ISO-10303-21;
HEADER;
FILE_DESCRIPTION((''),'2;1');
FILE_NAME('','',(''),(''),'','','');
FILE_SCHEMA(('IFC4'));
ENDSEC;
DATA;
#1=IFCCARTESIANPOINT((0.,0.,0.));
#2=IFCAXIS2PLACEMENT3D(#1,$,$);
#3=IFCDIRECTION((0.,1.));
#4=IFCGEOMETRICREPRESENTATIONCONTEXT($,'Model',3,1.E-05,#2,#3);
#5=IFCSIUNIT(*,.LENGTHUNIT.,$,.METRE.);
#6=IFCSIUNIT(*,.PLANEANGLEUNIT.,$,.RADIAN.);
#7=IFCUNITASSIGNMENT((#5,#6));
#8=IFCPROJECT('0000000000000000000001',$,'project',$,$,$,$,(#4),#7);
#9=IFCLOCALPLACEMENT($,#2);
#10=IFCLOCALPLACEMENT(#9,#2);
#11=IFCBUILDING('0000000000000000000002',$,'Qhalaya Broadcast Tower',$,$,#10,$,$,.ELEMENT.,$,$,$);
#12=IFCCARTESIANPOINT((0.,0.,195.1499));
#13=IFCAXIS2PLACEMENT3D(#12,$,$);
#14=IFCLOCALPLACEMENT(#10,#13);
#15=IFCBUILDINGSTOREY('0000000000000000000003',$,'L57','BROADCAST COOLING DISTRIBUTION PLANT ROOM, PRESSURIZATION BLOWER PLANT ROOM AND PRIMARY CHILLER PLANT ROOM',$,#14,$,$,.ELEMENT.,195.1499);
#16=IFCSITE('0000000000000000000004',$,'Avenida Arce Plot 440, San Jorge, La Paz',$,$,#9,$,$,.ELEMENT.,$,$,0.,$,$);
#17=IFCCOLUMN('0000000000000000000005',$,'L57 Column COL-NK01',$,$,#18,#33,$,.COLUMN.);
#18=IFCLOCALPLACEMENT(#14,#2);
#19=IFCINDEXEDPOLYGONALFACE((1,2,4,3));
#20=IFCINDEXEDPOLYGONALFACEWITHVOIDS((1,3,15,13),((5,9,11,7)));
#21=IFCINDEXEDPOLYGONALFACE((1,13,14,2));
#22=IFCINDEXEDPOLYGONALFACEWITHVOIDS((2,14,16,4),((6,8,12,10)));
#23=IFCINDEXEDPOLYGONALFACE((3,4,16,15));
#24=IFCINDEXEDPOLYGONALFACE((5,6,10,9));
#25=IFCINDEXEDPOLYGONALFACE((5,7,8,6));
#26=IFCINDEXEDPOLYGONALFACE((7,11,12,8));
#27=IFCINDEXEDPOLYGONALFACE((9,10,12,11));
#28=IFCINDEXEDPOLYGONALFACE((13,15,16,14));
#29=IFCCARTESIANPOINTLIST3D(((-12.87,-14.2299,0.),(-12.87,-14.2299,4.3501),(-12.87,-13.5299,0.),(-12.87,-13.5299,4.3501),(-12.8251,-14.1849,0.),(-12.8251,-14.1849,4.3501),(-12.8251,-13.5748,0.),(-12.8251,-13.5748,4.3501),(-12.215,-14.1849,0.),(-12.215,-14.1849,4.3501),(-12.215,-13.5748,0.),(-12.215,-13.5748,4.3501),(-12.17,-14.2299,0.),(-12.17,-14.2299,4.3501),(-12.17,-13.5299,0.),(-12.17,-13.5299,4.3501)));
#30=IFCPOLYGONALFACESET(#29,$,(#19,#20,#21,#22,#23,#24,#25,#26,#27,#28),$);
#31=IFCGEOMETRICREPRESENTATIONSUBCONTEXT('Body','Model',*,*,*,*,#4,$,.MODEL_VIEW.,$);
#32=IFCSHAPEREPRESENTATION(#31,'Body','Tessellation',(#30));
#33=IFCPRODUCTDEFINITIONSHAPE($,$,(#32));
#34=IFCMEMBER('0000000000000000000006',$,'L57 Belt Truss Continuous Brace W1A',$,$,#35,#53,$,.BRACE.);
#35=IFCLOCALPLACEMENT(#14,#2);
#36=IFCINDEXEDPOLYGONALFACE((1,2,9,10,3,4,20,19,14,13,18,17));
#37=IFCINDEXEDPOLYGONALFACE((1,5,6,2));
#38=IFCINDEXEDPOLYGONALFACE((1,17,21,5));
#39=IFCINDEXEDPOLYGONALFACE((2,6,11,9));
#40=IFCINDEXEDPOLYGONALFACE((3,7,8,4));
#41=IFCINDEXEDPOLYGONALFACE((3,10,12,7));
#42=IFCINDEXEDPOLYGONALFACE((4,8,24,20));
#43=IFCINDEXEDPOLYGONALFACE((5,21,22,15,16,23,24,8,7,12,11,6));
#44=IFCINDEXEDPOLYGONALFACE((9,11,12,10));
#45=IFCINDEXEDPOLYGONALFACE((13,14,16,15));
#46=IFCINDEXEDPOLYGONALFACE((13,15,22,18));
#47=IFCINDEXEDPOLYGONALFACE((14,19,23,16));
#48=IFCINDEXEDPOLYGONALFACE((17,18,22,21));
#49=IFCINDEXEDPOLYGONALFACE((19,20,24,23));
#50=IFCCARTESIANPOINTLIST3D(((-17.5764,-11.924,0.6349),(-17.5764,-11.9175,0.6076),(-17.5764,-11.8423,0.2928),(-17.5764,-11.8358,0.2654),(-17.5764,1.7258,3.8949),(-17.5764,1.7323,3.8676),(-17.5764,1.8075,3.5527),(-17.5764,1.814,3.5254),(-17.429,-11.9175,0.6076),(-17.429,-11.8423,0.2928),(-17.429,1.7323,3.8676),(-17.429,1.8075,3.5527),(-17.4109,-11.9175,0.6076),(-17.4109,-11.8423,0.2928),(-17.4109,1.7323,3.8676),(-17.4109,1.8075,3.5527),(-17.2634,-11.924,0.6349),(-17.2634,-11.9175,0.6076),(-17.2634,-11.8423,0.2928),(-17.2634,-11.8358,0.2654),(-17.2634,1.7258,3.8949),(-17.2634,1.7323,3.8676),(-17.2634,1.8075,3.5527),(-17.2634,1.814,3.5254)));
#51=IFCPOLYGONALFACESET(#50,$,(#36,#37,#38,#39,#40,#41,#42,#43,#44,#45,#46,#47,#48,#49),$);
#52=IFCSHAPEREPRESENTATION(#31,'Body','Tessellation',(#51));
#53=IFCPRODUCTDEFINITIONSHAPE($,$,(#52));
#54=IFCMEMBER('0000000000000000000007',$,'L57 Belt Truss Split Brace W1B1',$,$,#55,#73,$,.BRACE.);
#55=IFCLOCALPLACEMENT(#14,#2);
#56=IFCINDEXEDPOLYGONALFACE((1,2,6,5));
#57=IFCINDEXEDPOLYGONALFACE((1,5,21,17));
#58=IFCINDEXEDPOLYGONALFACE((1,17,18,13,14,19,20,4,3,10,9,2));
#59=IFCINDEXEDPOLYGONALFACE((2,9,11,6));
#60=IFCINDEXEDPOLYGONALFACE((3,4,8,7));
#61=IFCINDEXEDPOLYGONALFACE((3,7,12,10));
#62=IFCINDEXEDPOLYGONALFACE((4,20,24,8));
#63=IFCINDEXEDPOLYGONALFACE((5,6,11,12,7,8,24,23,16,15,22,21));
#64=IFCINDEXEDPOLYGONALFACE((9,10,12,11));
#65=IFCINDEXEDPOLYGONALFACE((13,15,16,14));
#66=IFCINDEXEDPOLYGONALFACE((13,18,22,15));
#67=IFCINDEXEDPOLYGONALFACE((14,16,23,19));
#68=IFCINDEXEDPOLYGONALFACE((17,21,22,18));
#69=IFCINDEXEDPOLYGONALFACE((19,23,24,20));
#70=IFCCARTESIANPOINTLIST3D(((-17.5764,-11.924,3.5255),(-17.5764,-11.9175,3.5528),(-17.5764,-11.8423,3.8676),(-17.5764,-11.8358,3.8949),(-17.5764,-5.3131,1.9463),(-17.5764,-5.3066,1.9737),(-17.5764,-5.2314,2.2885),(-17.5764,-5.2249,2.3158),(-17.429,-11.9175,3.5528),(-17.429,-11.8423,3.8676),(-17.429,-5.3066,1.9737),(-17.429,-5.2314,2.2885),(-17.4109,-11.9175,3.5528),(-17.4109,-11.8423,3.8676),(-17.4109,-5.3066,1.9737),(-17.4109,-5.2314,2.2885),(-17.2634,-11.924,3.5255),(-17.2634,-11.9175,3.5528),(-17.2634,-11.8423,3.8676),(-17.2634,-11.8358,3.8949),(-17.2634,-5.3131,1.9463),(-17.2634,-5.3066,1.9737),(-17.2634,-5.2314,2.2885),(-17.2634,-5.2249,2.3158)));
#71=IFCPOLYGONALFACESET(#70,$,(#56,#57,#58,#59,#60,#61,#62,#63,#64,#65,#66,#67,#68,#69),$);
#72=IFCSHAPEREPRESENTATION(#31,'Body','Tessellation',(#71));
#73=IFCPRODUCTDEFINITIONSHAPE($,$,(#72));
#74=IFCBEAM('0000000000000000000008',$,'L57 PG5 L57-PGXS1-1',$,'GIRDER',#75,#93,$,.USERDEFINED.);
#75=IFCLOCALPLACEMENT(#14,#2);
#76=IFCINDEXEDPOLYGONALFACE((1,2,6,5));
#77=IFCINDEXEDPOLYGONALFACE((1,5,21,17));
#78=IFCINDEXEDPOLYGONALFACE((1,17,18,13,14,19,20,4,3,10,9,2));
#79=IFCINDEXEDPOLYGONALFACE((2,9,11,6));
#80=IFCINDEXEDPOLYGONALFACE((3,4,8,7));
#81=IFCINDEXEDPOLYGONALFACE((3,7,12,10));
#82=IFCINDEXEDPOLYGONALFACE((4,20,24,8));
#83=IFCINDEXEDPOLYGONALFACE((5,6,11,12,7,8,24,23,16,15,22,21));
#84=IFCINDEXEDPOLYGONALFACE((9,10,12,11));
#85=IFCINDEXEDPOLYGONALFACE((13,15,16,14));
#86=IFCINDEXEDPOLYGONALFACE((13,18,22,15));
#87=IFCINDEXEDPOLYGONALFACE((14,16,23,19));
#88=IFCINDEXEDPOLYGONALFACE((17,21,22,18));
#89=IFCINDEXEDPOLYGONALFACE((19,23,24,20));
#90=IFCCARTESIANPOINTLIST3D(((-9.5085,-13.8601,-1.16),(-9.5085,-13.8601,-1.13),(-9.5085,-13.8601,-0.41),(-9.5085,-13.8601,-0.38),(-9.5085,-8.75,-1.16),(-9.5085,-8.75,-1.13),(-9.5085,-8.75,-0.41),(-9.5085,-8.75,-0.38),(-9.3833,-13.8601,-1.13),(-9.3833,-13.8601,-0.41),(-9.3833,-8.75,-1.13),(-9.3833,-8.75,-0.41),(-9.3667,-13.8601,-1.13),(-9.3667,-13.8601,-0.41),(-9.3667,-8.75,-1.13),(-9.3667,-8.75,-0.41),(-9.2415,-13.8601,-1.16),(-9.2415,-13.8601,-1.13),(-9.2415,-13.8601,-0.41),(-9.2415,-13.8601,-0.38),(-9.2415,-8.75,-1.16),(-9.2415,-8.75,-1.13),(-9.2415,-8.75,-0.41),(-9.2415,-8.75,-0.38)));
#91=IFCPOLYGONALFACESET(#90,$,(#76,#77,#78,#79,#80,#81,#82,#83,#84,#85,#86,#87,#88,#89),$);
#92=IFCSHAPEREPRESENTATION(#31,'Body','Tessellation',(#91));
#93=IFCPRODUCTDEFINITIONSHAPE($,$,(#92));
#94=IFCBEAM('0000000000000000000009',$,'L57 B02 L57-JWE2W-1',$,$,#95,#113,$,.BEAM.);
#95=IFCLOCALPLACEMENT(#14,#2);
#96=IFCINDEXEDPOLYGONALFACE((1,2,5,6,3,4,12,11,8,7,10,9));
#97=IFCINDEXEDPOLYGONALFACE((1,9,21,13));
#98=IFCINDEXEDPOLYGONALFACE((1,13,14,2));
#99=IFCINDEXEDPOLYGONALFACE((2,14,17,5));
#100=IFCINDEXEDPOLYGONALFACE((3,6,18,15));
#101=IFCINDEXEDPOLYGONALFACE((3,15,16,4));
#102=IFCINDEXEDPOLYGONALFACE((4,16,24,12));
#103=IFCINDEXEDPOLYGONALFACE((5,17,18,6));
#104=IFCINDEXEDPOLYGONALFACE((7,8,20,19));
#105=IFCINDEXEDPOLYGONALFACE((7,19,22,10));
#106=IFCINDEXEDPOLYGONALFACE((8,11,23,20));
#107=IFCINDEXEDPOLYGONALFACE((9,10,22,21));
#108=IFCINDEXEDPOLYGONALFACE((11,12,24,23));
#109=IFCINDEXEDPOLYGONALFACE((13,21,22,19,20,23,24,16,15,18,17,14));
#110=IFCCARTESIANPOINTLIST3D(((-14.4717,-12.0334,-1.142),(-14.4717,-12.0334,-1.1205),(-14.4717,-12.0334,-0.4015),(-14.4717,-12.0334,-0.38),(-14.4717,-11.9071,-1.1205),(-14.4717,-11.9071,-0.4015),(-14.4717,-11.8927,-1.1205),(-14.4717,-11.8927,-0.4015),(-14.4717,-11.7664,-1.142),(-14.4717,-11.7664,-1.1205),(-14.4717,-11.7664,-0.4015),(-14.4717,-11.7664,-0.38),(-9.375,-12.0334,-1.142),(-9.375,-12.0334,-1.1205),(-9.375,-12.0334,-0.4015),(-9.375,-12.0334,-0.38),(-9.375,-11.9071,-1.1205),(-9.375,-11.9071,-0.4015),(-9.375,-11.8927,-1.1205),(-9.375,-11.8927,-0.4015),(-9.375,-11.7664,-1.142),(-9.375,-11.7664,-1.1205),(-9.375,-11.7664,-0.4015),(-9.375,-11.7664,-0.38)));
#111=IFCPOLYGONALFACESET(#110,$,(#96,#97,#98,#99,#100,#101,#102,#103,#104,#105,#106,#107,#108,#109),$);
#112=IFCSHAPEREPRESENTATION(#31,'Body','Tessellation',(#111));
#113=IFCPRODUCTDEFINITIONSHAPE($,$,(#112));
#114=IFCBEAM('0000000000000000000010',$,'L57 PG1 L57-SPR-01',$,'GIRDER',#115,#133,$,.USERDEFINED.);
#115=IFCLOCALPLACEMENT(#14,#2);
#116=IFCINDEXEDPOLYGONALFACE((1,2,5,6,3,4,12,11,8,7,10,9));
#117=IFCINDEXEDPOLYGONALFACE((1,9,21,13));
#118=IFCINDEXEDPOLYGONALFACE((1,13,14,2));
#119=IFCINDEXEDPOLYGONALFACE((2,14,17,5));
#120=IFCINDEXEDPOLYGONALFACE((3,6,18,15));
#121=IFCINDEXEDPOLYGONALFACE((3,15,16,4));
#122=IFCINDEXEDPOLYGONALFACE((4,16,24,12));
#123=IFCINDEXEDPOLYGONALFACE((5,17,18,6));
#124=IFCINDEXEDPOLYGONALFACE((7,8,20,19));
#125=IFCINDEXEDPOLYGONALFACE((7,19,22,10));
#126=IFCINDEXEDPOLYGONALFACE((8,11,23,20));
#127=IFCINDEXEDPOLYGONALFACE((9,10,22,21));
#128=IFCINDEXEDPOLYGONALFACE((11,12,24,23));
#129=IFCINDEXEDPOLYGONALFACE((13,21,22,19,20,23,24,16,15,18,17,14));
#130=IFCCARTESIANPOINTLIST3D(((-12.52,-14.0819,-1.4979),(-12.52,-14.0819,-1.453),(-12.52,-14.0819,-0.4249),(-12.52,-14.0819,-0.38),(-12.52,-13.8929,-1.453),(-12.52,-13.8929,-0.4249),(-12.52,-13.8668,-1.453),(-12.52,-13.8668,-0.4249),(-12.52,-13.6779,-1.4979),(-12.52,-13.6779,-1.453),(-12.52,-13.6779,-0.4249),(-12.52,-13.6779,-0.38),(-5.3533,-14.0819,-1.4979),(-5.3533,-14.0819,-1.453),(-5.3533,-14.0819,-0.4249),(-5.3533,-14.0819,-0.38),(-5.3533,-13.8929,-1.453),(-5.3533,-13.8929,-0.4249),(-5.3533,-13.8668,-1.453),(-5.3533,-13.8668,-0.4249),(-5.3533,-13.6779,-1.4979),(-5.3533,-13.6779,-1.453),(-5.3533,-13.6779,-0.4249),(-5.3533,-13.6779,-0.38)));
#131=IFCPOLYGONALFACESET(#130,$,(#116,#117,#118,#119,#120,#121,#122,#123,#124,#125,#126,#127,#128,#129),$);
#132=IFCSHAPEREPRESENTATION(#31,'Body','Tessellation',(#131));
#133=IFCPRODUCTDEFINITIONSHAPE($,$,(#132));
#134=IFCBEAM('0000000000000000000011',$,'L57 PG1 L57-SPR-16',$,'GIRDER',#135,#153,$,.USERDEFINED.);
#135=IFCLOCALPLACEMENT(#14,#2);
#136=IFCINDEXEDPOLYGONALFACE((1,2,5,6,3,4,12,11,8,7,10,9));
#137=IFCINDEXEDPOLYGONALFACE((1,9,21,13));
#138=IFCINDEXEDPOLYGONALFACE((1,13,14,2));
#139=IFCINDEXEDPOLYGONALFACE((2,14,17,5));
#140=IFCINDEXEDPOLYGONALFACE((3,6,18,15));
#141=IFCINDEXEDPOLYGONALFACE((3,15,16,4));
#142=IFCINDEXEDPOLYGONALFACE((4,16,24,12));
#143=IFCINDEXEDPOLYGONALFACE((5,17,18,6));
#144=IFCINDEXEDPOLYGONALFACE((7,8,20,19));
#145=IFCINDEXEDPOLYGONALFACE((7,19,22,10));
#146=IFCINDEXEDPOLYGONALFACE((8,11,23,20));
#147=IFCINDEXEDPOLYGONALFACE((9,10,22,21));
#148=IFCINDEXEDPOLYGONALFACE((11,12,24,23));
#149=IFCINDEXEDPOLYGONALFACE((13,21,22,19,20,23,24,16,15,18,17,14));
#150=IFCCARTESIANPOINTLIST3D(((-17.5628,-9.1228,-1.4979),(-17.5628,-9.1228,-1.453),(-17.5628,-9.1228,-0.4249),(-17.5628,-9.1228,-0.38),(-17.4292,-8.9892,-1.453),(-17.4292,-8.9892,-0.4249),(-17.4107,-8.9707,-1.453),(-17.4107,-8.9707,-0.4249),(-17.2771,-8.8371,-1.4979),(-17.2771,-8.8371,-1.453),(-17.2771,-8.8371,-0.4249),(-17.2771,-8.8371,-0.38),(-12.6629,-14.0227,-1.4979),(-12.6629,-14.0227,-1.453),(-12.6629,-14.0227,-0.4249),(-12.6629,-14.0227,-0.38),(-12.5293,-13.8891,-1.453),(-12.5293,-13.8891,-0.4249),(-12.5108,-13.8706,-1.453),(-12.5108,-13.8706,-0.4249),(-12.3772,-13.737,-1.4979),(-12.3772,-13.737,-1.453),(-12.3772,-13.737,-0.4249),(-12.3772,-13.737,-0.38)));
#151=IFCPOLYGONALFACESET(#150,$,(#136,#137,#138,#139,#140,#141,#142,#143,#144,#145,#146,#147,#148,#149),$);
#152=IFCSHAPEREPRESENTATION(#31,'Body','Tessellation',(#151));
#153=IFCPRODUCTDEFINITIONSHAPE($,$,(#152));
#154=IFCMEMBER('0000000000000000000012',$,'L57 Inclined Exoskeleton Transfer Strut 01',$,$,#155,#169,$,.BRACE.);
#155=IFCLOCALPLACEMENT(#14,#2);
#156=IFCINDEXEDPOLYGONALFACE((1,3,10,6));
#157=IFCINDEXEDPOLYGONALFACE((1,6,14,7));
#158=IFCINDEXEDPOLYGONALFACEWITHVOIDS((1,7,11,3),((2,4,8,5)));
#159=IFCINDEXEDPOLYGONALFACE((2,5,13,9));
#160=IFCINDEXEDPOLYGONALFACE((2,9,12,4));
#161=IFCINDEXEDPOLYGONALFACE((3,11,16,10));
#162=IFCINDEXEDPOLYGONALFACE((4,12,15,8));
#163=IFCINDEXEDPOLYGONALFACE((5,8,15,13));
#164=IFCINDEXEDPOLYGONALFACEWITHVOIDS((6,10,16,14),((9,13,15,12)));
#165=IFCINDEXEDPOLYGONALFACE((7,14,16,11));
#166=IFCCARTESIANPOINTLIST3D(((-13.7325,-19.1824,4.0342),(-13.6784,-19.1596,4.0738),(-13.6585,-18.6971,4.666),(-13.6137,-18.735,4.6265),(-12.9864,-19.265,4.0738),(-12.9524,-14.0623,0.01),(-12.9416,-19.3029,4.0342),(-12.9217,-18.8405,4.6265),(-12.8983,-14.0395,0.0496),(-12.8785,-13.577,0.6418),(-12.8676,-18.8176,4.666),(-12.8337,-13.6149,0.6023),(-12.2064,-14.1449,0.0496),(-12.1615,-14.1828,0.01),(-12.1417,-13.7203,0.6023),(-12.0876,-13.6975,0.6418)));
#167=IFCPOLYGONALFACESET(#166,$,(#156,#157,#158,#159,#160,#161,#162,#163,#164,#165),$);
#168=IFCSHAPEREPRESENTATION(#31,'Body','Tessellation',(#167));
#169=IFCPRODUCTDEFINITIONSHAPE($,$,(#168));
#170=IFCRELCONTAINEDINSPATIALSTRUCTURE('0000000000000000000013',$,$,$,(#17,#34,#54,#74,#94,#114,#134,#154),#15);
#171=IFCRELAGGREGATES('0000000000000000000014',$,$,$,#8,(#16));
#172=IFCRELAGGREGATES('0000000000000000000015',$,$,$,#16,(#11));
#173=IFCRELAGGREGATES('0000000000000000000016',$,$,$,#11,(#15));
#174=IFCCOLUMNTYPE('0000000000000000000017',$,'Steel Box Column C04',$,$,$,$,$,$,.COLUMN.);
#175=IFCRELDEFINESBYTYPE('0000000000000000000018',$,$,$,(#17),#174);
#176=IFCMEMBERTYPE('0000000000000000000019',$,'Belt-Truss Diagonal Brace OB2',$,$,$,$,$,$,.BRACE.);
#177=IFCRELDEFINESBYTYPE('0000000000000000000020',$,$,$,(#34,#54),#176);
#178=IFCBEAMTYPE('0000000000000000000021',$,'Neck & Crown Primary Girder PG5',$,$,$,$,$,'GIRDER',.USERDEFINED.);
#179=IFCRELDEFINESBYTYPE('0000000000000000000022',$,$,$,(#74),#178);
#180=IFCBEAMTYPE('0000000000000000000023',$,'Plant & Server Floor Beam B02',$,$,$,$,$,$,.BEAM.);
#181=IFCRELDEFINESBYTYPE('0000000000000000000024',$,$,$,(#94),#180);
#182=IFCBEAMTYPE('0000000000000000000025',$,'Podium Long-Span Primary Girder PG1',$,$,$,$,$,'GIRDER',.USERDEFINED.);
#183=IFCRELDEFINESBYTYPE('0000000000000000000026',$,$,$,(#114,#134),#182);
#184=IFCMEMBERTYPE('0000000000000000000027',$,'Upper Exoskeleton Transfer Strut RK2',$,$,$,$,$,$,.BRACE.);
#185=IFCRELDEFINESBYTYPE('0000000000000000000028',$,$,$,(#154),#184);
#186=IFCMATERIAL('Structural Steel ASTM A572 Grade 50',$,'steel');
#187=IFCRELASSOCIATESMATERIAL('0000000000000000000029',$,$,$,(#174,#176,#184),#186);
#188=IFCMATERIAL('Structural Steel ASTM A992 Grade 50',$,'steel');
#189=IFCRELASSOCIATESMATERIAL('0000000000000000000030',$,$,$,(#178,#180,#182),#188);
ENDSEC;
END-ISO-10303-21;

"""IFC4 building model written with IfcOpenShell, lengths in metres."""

from ifc_helpers import new_model, si_unit, direction, frame, origin, origin_2d, place, context, subcontext, project, spatial, hollow_rectangle, i_section, extrude, material, material_profile, profile_set, type_object, element, save


model = new_model("IFC4")

# Units and contexts
model_context = context("Model", 3, precision=1e-05, world=origin(), true_north=direction((0.0, 1.0)))
body_context = subcontext(model_context, "Body", "Model", "MODEL_VIEW")
ifc_project = project(units=[si_unit("LENGTHUNIT", "METRE"), si_unit("PLANEANGLEUNIT", "RADIAN")], contexts=[model_context])

# Site, building, storey
site_placement = place(None, origin())
site = spatial("IfcSite", under=ifc_project, at=site_placement, Name="Avenida Arce Plot 440, San Jorge, La Paz", CompositionType="ELEMENT", RefElevation=0.0)
building_placement = place(site_placement, origin())
building = spatial("IfcBuilding", under=site, at=building_placement, Name="Qhalaya Broadcast Tower", CompositionType="ELEMENT")
storey_placement = place(building_placement, frame((0.0, 0.0, 195.1499)))
storey = spatial("IfcBuildingStorey", under=building, at=storey_placement, Name="L57", Description="BROADCAST COOLING DISTRIBUTION PLANT ROOM, PRESSURIZATION BLOWER PLANT ROOM AND PRIMARY CHILLER PLANT ROOM", CompositionType="ELEMENT", Elevation=195.1499)

# Column
ifc_material_1 = material(Name="Structural Steel ASTM A572 Grade 50", Category="steel")
ifc_material_profile_1 = material_profile(ifc_material_1, hollow_rectangle(XDim=0.7, YDim=0.7, WallThickness=0.0449, at=origin_2d()), Name="BOX 700x700x45")
ifc_profile_set_1 = profile_set([ifc_material_profile_1], Name="Structural Steel ASTM A572 Grade 50")
column_type = type_object("IfcColumnType", Name="Steel Box Column C04", PredefinedType="COLUMN", material=ifc_profile_set_1)
column_placement = place(storey_placement, frame((-12.52, -13.8799, 0.0), z_axis=(0.0, 0.0, 1.0), x_axis=(1.0, 0.0, 0.0)))
element("IfcColumn", 1, at=column_placement, inside=storey, type_object=column_type, Name="L57 Column COL-NK01", PredefinedType="COLUMN", context=body_context, shape_type="SweptSolid", body=[
    extrude(hollow_rectangle(XDim=0.7, YDim=0.7, WallThickness=0.0449, at=origin_2d()), origin(), (0.0, 0.0, 1.0), 4.3501),
])

# Members
ifc_material_profile_2 = material_profile(ifc_material_1, i_section(OverallWidth=0.313, OverallDepth=0.3799, WebThickness=0.0181, FlangeThickness=0.0281, at=origin_2d()), Name="W12X120")
ifc_profile_set_2 = profile_set([ifc_material_profile_2], Name="Structural Steel ASTM A572 Grade 50")
member_type_1 = type_object("IfcMemberType", Name="Belt-Truss Diagonal Brace OB2", PredefinedType="BRACE", material=ifc_profile_set_2)
member_1_placement = place(storey_placement, frame((-17.4199, -11.8799, 0.4502), z_axis=(0.0, 0.972645, 0.232297), x_axis=(-1.0, 0.0, 0.0)))
element("IfcMember", 2, at=member_1_placement, inside=storey, type_object=member_type_1, Name="L57 Belt Truss Continuous Brace W1A", PredefinedType="BRACE", context=body_context, shape_type="SweptSolid", body=[
    extrude(i_section(OverallWidth=0.313, OverallDepth=0.3799, WebThickness=0.0181, FlangeThickness=0.0281, at=origin_2d()), origin(), (0.0, 0.0, 1.0), 14.0337),
])
member_2_placement = place(storey_placement, frame((-17.4199, -11.8799, 3.7102), z_axis=(0.0, 0.972637, -0.232329), x_axis=(-1.0, 0.0, 0.0)))
element("IfcMember", 3, at=member_2_placement, inside=storey, type_object=member_type_1, Name="L57 Belt Truss Split Brace W1B1", PredefinedType="BRACE", context=body_context, shape_type="SweptSolid", body=[
    extrude(i_section(OverallWidth=0.313, OverallDepth=0.3799, WebThickness=0.0181, FlangeThickness=0.0281, at=origin_2d()), origin(), (0.0, 0.0, 1.0), 6.7969),
])

# Beams
ifc_material_2 = material(Name="Structural Steel ASTM A992 Grade 50", Category="steel")
ifc_material_profile_3 = material_profile(ifc_material_2, i_section(OverallWidth=0.2671, OverallDepth=0.78, WebThickness=0.0166, FlangeThickness=0.03, at=origin_2d()), Name="W30X148")
ifc_profile_set_3 = profile_set([ifc_material_profile_3], Name="Structural Steel ASTM A992 Grade 50")
beam_type_1 = type_object("IfcBeamType", Name="Neck & Crown Primary Girder PG5", ElementType="GIRDER", PredefinedType="USERDEFINED", material=ifc_profile_set_3)
beam_1_placement = place(storey_placement, frame((-9.375, -13.8601, -0.77), z_axis=(0.0, 1.0, 0.0), x_axis=(-1.0, 0.0, 0.0)))
element("IfcBeam", 4, at=beam_1_placement, inside=storey, type_object=beam_type_1, Name="L57 PG5 L57-PGXS1-1", ObjectType="GIRDER", PredefinedType="USERDEFINED", context=body_context, shape_type="SweptSolid", body=[
    extrude(i_section(OverallWidth=0.2671, OverallDepth=0.78, WebThickness=0.0166, FlangeThickness=0.03, at=origin_2d()), origin(), (0.0, 0.0, 1.0), 5.1101),
])
ifc_material_profile_4 = material_profile(ifc_material_2, i_section(OverallWidth=0.2671, OverallDepth=0.762, WebThickness=0.0144, FlangeThickness=0.0215, at=origin_2d()), Name="W30X116")
ifc_profile_set_4 = profile_set([ifc_material_profile_4], Name="Structural Steel ASTM A992 Grade 50")
beam_type_2 = type_object("IfcBeamType", Name="Plant & Server Floor Beam B02", PredefinedType="BEAM", material=ifc_profile_set_4)
beam_2_placement = place(storey_placement, frame((-14.4717, -11.8999, -0.761), z_axis=(1.0, 0.0, 0.0), x_axis=(0.0, 1.0, 0.0)))
element("IfcBeam", 5, at=beam_2_placement, inside=storey, type_object=beam_type_2, Name="L57 B02 L57-JWE2W-1", PredefinedType="BEAM", context=body_context, shape_type="SweptSolid", body=[
    extrude(i_section(OverallWidth=0.2671, OverallDepth=0.762, WebThickness=0.0144, FlangeThickness=0.0215, at=origin_2d()), origin(), (0.0, 0.0, 1.0), 5.0967),
])
ifc_material_profile_5 = material_profile(ifc_material_2, i_section(OverallWidth=0.4041, OverallDepth=1.1179, WebThickness=0.0261, FlangeThickness=0.0449, at=origin_2d()), Name="W44X335")
ifc_profile_set_5 = profile_set([ifc_material_profile_5], Name="Structural Steel ASTM A992 Grade 50")
beam_type_3 = type_object("IfcBeamType", Name="Podium Long-Span Primary Girder PG1", ElementType="GIRDER", PredefinedType="USERDEFINED", material=ifc_profile_set_5)
beam_3_placement = place(storey_placement, frame((-12.52, -13.8799, -0.939), z_axis=(1.0, 0.0, 0.0), x_axis=(0.0, 1.0, 0.0)))
element("IfcBeam", 6, at=beam_3_placement, inside=storey, type_object=beam_type_3, Name="L57 PG1 L57-SPR-01", ObjectType="GIRDER", PredefinedType="USERDEFINED", context=body_context, shape_type="SweptSolid", body=[
    extrude(i_section(OverallWidth=0.4041, OverallDepth=1.1179, WebThickness=0.0261, FlangeThickness=0.0449, at=origin_2d()), origin(), (0.0, 0.0, 1.0), 7.1667),
])
beam_4_placement = place(storey_placement, frame((-17.4199, -8.98, -0.939), z_axis=(0.707107, -0.707107, 0.0), x_axis=(0.707107, 0.707107, 0.0)))
element("IfcBeam", 7, at=beam_4_placement, inside=storey, type_object=beam_type_3, Name="L57 PG1 L57-SPR-16", ObjectType="GIRDER", PredefinedType="USERDEFINED", context=body_context, shape_type="SweptSolid", body=[
    extrude(i_section(OverallWidth=0.4041, OverallDepth=1.1179, WebThickness=0.0261, FlangeThickness=0.0449, at=origin_2d()), origin(), (0.0, 0.0, 1.0), 6.9294),
])

# Member
ifc_material_profile_6 = material_profile(ifc_material_1, hollow_rectangle(XDim=0.8, YDim=0.8, WallThickness=0.05, at=origin_2d()), Name="BOX 800x800x50")
ifc_profile_set_6 = profile_set([ifc_material_profile_6], Name="Structural Steel ASTM A572 Grade 50")
member_type_2 = type_object("IfcMemberType", Name="Upper Exoskeleton Transfer Strut RK2", PredefinedType="BRACE", material=ifc_profile_set_6)
member_3_placement = place(storey_placement, frame((-12.52, -13.8799, 0.3259), z_axis=(-0.118928, -0.780647, 0.613552), x_axis=(0.988594, -0.150608, 0.0)))
element("IfcMember", 8, at=member_3_placement, inside=storey, type_object=member_type_2, Name="L57 Inclined Exoskeleton Transfer Strut 01", PredefinedType="BRACE", context=body_context, shape_type="SweptSolid", body=[
    extrude(hollow_rectangle(XDim=0.8, YDim=0.8, WallThickness=0.05, at=origin_2d()), origin(), (0.0, 0.0, 1.0), 6.5588),
])

save(model, "model.ifc")
